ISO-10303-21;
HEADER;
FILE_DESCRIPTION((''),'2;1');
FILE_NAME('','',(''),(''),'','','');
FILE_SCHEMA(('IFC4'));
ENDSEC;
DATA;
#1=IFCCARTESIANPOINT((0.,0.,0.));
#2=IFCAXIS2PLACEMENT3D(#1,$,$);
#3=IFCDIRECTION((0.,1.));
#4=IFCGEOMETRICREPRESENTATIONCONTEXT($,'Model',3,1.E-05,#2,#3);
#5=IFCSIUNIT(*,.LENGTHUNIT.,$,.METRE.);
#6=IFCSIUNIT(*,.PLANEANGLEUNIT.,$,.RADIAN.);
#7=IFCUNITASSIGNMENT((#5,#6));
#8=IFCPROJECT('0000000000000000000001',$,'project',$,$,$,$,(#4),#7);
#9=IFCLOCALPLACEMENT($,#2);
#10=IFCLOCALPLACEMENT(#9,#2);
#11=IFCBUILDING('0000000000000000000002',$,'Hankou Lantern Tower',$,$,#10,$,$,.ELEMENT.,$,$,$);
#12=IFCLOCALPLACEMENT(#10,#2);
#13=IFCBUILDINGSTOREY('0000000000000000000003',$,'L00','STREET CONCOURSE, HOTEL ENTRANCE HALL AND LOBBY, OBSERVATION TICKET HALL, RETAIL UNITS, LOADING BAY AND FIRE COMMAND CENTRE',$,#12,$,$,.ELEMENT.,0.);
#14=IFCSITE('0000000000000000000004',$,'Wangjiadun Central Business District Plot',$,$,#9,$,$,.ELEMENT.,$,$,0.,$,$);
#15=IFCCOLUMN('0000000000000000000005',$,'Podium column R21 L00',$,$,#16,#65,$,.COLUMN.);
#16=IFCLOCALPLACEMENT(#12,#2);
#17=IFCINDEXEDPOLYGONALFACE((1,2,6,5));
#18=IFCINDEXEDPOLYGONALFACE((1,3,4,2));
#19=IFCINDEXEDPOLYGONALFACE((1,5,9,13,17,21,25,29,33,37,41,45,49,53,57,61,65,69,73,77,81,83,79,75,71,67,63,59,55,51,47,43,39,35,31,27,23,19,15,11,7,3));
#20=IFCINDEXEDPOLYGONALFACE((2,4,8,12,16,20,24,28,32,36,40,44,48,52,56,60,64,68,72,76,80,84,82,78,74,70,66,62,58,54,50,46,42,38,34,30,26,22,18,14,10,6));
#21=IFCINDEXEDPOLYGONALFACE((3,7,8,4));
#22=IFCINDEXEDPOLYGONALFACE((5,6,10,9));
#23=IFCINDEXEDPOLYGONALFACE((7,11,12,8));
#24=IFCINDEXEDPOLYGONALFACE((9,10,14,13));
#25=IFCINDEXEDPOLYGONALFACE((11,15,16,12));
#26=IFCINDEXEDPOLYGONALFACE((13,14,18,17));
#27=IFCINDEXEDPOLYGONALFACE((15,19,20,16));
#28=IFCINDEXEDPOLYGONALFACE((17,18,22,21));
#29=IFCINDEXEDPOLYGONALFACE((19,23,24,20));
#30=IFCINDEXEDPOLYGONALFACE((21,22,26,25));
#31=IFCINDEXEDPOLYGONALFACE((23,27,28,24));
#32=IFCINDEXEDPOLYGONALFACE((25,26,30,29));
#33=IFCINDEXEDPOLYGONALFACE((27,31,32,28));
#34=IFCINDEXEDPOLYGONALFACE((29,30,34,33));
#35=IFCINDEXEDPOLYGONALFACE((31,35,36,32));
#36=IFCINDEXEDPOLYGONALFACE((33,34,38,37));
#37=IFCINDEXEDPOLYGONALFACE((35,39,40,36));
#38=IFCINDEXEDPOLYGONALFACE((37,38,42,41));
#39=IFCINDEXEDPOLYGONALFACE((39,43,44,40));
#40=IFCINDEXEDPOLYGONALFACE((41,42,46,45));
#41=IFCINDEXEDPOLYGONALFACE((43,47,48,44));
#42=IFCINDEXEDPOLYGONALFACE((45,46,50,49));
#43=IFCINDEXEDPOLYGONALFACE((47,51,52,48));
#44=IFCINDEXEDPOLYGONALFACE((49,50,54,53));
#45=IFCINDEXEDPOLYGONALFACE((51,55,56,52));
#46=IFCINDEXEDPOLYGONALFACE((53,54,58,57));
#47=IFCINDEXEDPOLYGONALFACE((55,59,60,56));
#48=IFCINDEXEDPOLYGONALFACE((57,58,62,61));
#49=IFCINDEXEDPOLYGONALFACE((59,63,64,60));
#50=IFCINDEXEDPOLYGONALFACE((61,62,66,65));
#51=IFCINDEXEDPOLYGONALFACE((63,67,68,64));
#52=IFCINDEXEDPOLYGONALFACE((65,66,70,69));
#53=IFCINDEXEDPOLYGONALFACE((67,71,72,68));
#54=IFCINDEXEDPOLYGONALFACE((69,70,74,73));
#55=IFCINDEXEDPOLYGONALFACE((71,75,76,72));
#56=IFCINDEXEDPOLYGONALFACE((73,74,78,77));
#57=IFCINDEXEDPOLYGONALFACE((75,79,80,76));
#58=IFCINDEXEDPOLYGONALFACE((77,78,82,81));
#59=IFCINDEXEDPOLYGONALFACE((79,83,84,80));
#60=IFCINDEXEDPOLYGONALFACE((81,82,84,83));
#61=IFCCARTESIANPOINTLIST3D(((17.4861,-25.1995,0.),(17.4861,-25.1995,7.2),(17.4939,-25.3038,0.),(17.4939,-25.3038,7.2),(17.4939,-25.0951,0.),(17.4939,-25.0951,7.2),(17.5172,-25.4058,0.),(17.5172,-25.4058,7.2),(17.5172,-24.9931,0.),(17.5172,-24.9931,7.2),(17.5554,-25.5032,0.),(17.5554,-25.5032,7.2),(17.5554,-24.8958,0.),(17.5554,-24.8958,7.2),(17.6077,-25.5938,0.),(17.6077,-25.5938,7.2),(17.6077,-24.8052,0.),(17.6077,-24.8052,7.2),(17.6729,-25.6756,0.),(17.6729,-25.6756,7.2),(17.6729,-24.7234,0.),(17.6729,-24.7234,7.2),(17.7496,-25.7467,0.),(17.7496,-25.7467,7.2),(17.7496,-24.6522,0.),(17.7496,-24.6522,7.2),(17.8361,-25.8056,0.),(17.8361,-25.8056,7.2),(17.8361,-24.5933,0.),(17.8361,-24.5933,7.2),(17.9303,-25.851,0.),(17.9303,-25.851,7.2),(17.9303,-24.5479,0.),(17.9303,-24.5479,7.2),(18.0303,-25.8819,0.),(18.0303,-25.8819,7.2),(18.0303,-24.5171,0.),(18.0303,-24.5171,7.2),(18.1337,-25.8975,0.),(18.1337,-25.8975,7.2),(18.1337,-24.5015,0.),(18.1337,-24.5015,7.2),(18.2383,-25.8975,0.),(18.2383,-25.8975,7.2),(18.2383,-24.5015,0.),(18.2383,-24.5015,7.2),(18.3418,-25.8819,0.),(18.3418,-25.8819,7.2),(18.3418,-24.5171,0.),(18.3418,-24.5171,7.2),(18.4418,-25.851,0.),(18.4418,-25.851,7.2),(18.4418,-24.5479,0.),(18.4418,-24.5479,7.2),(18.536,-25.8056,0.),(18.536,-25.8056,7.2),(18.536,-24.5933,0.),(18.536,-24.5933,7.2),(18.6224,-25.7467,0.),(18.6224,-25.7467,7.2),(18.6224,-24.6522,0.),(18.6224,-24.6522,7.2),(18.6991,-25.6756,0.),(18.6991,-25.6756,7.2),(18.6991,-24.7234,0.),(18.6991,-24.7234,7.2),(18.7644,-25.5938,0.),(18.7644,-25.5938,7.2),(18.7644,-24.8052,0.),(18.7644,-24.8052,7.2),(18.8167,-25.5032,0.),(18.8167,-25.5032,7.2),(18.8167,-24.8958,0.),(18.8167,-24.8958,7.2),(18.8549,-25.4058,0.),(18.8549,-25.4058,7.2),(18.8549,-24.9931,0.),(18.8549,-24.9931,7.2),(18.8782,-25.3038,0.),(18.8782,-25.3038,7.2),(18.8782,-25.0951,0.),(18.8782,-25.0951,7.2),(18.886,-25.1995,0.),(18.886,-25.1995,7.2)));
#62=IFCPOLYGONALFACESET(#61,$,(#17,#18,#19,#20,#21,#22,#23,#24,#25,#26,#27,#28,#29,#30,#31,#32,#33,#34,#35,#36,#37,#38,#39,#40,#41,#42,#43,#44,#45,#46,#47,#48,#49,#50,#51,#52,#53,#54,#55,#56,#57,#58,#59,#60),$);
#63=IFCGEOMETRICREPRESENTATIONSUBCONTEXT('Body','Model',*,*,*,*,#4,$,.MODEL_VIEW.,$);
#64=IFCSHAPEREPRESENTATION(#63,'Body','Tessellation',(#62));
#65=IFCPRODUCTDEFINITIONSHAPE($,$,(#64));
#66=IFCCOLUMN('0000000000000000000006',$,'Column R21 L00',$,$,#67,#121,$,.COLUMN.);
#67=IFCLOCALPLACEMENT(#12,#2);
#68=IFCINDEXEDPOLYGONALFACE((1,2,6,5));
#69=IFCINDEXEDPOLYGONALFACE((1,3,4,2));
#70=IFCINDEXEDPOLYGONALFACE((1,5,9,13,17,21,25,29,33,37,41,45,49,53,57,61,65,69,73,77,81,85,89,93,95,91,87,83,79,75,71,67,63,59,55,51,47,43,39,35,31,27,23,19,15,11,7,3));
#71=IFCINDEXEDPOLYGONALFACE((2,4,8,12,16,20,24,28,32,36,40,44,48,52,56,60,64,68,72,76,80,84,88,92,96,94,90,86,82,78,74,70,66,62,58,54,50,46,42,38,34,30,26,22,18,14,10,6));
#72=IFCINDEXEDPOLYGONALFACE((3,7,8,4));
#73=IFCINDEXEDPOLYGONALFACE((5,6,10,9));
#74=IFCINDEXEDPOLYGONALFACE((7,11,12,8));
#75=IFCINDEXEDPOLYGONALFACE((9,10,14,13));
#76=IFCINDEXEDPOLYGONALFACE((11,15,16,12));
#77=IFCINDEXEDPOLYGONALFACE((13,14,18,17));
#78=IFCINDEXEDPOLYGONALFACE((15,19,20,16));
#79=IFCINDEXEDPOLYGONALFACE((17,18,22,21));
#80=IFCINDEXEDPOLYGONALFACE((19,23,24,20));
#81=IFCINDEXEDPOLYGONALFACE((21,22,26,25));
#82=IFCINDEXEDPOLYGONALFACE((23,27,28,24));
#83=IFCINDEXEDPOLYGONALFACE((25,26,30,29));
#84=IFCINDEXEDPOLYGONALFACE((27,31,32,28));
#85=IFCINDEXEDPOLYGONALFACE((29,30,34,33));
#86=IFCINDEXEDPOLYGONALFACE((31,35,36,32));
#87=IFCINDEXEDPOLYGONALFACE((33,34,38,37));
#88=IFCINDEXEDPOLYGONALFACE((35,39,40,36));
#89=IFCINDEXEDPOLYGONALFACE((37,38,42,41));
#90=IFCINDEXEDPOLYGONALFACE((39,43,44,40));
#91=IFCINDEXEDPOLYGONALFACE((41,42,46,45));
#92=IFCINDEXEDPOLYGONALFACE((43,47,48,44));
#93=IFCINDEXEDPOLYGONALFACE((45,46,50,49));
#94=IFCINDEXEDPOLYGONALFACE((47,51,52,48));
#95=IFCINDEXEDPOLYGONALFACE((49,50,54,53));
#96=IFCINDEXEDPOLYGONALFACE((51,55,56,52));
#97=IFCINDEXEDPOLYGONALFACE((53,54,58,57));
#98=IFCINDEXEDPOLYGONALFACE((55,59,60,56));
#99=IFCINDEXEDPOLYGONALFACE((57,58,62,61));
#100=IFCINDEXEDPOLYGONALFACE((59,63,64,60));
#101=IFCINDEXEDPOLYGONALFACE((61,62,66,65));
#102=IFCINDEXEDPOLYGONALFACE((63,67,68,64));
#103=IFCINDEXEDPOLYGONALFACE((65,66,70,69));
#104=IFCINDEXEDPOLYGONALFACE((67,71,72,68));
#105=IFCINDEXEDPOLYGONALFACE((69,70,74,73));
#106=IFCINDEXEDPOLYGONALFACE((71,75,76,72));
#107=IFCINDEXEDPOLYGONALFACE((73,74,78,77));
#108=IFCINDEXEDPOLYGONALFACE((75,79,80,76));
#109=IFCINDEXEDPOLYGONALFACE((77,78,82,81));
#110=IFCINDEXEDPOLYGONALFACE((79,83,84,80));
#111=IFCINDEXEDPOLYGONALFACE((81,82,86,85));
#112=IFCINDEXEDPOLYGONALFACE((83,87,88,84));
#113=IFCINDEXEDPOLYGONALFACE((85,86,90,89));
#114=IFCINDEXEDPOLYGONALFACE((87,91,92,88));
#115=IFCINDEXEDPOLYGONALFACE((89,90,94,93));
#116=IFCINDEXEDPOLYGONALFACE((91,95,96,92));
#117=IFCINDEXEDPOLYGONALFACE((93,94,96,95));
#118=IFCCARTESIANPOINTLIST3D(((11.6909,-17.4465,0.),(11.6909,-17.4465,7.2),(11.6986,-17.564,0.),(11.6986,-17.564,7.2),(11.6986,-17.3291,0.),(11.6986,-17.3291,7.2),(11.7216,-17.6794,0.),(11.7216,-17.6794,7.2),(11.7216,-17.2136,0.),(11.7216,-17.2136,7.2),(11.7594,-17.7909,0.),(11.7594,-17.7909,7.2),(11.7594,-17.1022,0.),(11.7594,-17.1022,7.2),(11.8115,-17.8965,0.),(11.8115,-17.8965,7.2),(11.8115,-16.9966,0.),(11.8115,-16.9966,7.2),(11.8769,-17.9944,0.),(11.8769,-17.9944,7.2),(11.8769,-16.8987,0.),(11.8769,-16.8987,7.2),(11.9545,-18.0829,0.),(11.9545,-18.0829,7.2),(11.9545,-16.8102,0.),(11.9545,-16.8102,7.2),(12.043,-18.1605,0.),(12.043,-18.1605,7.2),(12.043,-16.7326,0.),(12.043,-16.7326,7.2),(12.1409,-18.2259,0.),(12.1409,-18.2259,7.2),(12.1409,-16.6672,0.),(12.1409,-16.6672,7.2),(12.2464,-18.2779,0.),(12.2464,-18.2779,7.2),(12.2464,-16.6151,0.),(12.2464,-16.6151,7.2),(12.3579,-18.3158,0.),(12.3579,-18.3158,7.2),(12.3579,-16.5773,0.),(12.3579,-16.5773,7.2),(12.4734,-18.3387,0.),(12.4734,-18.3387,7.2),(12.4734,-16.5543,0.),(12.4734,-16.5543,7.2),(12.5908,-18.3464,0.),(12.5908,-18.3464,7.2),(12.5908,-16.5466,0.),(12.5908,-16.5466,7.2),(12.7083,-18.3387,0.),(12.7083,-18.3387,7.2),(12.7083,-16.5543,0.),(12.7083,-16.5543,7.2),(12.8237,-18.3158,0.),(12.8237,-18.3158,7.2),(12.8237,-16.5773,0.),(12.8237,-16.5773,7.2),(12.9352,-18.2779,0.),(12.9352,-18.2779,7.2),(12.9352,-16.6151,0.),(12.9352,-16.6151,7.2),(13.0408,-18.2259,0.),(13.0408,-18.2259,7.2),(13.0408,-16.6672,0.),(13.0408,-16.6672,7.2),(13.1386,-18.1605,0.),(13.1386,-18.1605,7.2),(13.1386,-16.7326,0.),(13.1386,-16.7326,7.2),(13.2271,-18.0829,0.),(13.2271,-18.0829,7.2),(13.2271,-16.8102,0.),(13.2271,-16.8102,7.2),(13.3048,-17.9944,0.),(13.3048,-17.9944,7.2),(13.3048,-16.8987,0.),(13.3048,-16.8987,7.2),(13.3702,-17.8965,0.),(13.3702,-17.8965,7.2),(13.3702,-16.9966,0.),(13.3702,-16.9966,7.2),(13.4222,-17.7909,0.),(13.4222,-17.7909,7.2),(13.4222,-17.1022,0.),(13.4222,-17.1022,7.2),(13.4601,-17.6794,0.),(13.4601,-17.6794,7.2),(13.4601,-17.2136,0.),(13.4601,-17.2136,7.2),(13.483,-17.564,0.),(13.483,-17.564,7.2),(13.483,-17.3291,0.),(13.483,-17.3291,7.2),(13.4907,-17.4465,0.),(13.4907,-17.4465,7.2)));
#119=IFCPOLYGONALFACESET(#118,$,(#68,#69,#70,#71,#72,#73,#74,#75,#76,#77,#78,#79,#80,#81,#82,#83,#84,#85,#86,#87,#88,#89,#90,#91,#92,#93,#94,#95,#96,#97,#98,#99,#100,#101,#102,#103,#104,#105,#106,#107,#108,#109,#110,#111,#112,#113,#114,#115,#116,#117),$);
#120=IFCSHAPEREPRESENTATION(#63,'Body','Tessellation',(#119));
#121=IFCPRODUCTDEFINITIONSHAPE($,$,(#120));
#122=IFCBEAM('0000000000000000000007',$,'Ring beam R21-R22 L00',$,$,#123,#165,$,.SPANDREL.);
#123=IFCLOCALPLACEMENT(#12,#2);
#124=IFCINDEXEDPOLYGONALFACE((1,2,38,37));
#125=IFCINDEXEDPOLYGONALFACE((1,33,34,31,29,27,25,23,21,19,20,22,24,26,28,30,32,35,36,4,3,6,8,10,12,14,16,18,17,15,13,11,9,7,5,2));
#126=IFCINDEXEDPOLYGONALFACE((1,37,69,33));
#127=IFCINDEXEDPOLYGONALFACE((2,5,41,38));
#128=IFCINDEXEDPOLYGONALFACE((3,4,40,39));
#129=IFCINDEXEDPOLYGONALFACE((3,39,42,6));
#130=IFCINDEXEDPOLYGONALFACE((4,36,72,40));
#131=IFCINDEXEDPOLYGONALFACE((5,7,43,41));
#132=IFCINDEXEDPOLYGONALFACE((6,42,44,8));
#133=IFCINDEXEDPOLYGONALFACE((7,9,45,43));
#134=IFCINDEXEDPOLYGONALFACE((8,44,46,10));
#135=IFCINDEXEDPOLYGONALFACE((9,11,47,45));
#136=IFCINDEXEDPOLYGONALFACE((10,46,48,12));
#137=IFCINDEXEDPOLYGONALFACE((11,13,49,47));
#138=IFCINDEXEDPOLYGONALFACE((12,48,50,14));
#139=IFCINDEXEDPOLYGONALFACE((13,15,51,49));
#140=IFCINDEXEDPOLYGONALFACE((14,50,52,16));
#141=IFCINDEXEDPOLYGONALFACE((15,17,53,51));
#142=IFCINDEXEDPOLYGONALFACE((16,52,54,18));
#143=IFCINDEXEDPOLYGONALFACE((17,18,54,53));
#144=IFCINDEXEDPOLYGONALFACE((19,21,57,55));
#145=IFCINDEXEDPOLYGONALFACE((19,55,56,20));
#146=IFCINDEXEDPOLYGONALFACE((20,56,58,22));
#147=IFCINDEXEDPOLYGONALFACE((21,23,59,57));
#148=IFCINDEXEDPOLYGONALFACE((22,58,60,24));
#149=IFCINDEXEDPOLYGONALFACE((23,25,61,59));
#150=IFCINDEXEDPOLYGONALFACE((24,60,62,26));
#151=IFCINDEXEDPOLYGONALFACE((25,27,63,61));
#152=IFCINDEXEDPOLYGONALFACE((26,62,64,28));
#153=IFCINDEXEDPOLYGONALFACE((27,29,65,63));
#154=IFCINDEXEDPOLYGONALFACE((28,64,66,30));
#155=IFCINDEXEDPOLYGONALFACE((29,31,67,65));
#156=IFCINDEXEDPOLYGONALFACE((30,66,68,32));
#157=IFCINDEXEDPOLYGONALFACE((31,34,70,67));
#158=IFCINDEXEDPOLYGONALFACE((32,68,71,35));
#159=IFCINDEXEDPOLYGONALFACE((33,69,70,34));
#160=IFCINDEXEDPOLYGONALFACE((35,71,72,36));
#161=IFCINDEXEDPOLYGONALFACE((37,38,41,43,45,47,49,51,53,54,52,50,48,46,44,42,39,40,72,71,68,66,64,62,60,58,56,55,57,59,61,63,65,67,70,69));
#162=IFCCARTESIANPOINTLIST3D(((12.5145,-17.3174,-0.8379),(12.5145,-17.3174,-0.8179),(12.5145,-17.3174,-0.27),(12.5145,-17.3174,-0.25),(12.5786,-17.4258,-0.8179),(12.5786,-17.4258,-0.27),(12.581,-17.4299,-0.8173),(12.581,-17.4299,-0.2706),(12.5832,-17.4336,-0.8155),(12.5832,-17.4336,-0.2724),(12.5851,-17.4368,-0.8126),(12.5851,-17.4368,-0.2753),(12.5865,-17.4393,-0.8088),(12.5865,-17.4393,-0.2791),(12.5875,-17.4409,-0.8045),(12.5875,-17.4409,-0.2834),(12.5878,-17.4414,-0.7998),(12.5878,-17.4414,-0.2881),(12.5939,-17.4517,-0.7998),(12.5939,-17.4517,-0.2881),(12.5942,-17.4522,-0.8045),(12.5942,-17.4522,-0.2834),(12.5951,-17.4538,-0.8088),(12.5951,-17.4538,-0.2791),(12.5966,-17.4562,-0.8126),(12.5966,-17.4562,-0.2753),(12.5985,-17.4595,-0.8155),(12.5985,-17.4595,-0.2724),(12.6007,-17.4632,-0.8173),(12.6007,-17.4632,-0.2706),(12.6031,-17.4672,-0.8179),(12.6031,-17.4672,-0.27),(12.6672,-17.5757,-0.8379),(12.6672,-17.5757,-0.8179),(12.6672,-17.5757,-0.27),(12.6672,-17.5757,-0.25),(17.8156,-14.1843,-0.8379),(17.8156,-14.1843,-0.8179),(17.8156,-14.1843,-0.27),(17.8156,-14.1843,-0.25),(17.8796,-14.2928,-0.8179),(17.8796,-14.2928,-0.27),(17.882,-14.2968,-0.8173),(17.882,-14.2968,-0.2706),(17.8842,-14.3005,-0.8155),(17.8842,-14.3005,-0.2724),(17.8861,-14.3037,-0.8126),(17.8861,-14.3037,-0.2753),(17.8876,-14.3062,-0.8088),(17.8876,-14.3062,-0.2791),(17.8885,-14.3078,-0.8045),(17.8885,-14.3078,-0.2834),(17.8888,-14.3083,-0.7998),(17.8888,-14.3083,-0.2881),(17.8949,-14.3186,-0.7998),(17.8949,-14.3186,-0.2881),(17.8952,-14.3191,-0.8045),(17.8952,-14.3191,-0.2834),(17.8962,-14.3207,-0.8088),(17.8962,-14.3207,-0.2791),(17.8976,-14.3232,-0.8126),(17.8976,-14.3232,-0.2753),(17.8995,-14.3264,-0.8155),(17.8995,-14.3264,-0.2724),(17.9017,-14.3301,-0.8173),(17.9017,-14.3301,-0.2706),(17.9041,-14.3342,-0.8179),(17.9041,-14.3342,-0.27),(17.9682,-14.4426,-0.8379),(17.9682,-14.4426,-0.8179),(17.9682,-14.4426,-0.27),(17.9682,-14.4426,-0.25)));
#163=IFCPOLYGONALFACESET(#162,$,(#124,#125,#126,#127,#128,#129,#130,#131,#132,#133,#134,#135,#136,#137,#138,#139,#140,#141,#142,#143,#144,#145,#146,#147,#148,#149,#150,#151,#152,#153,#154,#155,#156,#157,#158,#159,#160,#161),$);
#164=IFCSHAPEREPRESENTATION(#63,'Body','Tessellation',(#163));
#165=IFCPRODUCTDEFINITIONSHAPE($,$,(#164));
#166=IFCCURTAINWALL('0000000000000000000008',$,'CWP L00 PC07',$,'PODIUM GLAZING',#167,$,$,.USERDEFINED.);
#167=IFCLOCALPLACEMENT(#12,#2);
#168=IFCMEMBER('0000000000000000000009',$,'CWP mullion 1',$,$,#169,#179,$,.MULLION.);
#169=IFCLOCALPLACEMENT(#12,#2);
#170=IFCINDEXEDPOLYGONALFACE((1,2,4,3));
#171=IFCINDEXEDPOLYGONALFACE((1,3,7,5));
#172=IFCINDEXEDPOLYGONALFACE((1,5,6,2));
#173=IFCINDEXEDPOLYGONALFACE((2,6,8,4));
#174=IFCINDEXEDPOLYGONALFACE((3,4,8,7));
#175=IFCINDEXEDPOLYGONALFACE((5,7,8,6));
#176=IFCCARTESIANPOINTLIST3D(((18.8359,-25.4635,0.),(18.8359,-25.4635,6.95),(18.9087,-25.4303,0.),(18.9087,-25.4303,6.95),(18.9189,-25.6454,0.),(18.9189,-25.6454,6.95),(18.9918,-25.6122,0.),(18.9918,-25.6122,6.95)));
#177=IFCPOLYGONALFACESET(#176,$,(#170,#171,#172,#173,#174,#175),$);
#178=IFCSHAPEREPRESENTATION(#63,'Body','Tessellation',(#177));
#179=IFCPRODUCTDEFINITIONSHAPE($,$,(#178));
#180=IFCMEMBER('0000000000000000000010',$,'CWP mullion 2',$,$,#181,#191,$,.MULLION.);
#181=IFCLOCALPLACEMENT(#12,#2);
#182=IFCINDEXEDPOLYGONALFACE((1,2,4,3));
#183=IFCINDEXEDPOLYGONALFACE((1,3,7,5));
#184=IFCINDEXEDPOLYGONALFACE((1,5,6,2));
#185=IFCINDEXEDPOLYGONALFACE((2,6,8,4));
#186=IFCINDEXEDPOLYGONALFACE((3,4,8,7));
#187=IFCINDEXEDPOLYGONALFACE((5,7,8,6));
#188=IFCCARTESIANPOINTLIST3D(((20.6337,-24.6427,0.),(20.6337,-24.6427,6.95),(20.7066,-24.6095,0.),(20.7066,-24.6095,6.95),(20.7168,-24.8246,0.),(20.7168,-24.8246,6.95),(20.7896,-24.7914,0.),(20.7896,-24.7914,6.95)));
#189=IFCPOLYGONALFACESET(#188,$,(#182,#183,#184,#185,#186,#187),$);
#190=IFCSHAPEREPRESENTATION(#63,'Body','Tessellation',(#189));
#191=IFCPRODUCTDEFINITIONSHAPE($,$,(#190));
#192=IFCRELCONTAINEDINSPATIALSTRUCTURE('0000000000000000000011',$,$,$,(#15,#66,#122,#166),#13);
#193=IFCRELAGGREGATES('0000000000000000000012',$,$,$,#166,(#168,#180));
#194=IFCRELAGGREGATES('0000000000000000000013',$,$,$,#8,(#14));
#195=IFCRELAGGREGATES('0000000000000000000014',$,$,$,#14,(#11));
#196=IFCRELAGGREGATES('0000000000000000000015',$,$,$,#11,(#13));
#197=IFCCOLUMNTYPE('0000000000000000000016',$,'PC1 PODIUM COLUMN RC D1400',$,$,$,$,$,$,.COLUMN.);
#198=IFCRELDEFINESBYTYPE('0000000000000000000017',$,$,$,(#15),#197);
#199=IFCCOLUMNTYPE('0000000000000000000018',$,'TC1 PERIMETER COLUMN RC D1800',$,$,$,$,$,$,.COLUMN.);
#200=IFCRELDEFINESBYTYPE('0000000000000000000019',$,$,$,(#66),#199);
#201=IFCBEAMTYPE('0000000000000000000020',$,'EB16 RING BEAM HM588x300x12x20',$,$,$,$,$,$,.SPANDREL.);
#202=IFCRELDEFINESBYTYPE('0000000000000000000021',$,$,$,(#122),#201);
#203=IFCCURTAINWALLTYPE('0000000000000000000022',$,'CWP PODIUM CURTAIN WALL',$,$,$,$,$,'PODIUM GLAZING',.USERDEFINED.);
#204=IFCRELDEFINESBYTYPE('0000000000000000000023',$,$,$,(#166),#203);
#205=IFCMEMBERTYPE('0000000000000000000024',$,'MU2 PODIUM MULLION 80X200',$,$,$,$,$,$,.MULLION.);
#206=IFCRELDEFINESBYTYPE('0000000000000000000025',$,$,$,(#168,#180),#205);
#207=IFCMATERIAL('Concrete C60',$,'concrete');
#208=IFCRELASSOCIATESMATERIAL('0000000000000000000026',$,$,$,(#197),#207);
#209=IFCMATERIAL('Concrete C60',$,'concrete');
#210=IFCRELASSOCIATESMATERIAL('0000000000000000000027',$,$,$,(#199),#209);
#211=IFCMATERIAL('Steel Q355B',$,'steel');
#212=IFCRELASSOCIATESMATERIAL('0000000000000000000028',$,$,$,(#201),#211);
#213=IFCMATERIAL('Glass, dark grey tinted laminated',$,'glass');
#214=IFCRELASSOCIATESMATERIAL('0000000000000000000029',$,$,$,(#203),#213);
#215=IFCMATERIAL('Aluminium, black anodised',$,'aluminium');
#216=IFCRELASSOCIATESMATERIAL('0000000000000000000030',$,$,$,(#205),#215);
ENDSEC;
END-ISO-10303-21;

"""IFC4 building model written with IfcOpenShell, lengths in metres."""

from ifc_helpers import new_model, si_unit, direction, frame, origin, origin_2d, place, context, subcontext, project, spatial, rectangle, circle, i_section, extrude, material, material_profile, profile_set, type_object, element, aggregate, save


model = new_model("IFC4")

# Units and contexts
model_context = context("Model", 3, precision=1e-05, world=origin(), true_north=direction((0.0, 1.0)))
body_context = subcontext(model_context, "Body", "Model", "MODEL_VIEW")
ifc_project = project(units=[si_unit("LENGTHUNIT", "METRE"), si_unit("PLANEANGLEUNIT", "RADIAN")], contexts=[model_context])

# Site, building, storey
site_placement = place(None, origin())
site = spatial("IfcSite", under=ifc_project, at=site_placement, Name="Wangjiadun Central Business District Plot", CompositionType="ELEMENT", RefElevation=0.0)
building_placement = place(site_placement, origin())
building = spatial("IfcBuilding", under=site, at=building_placement, Name="Hankou Lantern Tower", CompositionType="ELEMENT")
storey_placement = place(building_placement, origin())
storey = spatial("IfcBuildingStorey", under=building, at=storey_placement, Name="L00", Description="STREET CONCOURSE, HOTEL ENTRANCE HALL AND LOBBY, OBSERVATION TICKET HALL, RETAIL UNITS, LOADING BAY AND FIRE COMMAND CENTRE", CompositionType="ELEMENT", Elevation=0.0)

# Columns
ifc_material_1 = material(Name="Concrete C60", Category="concrete")
ifc_material_profile_1 = material_profile(ifc_material_1, circle(Radius=0.7, at=origin_2d()), Name="RC D1400")
ifc_profile_set_1 = profile_set([ifc_material_profile_1], Name="Concrete C60")
column_type_1 = type_object("IfcColumnType", Name="PC1 PODIUM COLUMN RC D1400", PredefinedType="COLUMN", material=ifc_profile_set_1)
column_1_placement = place(storey_placement, frame((18.186, -25.1995, 0.0), z_axis=(0.0, 0.0, 1.0), x_axis=(1.0, 0.0, 0.0)))
element("IfcColumn", 1, at=column_1_placement, inside=storey, type_object=column_type_1, Name="Podium column R21 L00", PredefinedType="COLUMN", context=body_context, shape_type="SweptSolid", body=[
    extrude(circle(Radius=0.7, at=origin_2d()), origin(), (0.0, 0.0, 1.0), 7.2),
])
ifc_material_2 = material(Name="Concrete C60", Category="concrete")
ifc_material_profile_2 = material_profile(ifc_material_2, circle(Radius=0.8999, at=origin_2d()), Name="RC D1800")
ifc_profile_set_2 = profile_set([ifc_material_profile_2], Name="Concrete C60")
column_type_2 = type_object("IfcColumnType", Name="TC1 PERIMETER COLUMN RC D1800", PredefinedType="COLUMN", material=ifc_profile_set_2)
column_2_placement = place(storey_placement, frame((12.5908, -17.4465, 0.0), z_axis=(0.0, 0.0, 1.0), x_axis=(1.0, 0.0, 0.0)))
element("IfcColumn", 2, at=column_2_placement, inside=storey, type_object=column_type_2, Name="Column R21 L00", PredefinedType="COLUMN", context=body_context, shape_type="SweptSolid", body=[
    extrude(circle(Radius=0.8999, at=origin_2d()), origin(), (0.0, 0.0, 1.0), 7.2),
])

# Beam
ifc_material_3 = material(Name="Steel Q355B", Category="steel")
ifc_material_profile_3 = material_profile(ifc_material_3, i_section(OverallWidth=0.3, OverallDepth=0.5879, WebThickness=0.012, FlangeThickness=0.02, FilletRadius=0.0181, at=origin_2d()), Name="HM588x300x12x20")
ifc_profile_set_3 = profile_set([ifc_material_profile_3], Name="Steel Q355B")
beam_type_1 = type_object("IfcBeamType", Name="EB16 RING BEAM HM588x300x12x20", PredefinedType="SPANDREL", material=ifc_profile_set_3)
beam_1_placement = place(storey_placement, frame((12.5908, -17.4465, -0.5439), z_axis=(0.860882, 0.508805, 0.0), x_axis=(-0.508805, 0.860882, 0.0)))
element("IfcBeam", 3, at=beam_1_placement, inside=storey, type_object=beam_type_1, Name="Ring beam R21-R22 L00", PredefinedType="SPANDREL", context=body_context, shape_type="SweptSolid", body=[
    extrude(i_section(OverallWidth=0.3, OverallDepth=0.5879, WebThickness=0.012, FlangeThickness=0.02, FilletRadius=0.0181, at=origin_2d()), origin(), (0.0, 0.0, 1.0), 6.1577),
])

# Curtain wall, members
ifc_material_4 = material(Name="Glass, dark grey tinted laminated", Category="glass")
curtain_wall_type = type_object("IfcCurtainWallType", Name="CWP PODIUM CURTAIN WALL", ElementType="PODIUM GLAZING", PredefinedType="USERDEFINED", material=ifc_material_4)
curtain_wall_placement = place(storey_placement, origin())
curtain_wall = element("IfcCurtainWall", 4, at=curtain_wall_placement, inside=storey, type_object=curtain_wall_type, Name="CWP L00 PC07", ObjectType="PODIUM GLAZING", PredefinedType="USERDEFINED")
ifc_material_5 = material(Name="Aluminium, black anodised", Category="aluminium")
ifc_material_profile_4 = material_profile(ifc_material_5, rectangle(XDim=0.0801, YDim=0.2, at=origin_2d()), Name="MU2 80X200")
ifc_profile_set_4 = profile_set([ifc_material_profile_4], Name="Aluminium, black anodised")
member_type_1 = type_object("IfcMemberType", Name="MU2 PODIUM MULLION 80X200", PredefinedType="MULLION", material=ifc_profile_set_4)
member_1_placement = place(storey_placement, frame((18.9138, -25.5378, 0.0), z_axis=(0.0, 0.0, 1.0), x_axis=(0.90967, 0.415332, 0.0)))
member_1 = element("IfcMember", 5, at=member_1_placement, type_object=member_type_1, Name="CWP mullion 1", PredefinedType="MULLION", context=body_context, shape_type="SweptSolid", body=[
    extrude(rectangle(XDim=0.0801, YDim=0.2, at=origin_2d()), origin(), (0.0, 0.0, 1.0), 6.95),
])
member_2_placement = place(storey_placement, frame((20.7117, -24.717, 0.0), z_axis=(0.0, 0.0, 1.0), x_axis=(0.90967, 0.415332, 0.0)))
member_2 = element("IfcMember", 6, at=member_2_placement, type_object=member_type_1, Name="CWP mullion 2", PredefinedType="MULLION", context=body_context, shape_type="SweptSolid", body=[
    extrude(rectangle(XDim=0.0801, YDim=0.2, at=origin_2d()), origin(), (0.0, 0.0, 1.0), 6.95),
])

aggregate(curtain_wall, [member_1, member_2])

save(model, "model.ifc")
